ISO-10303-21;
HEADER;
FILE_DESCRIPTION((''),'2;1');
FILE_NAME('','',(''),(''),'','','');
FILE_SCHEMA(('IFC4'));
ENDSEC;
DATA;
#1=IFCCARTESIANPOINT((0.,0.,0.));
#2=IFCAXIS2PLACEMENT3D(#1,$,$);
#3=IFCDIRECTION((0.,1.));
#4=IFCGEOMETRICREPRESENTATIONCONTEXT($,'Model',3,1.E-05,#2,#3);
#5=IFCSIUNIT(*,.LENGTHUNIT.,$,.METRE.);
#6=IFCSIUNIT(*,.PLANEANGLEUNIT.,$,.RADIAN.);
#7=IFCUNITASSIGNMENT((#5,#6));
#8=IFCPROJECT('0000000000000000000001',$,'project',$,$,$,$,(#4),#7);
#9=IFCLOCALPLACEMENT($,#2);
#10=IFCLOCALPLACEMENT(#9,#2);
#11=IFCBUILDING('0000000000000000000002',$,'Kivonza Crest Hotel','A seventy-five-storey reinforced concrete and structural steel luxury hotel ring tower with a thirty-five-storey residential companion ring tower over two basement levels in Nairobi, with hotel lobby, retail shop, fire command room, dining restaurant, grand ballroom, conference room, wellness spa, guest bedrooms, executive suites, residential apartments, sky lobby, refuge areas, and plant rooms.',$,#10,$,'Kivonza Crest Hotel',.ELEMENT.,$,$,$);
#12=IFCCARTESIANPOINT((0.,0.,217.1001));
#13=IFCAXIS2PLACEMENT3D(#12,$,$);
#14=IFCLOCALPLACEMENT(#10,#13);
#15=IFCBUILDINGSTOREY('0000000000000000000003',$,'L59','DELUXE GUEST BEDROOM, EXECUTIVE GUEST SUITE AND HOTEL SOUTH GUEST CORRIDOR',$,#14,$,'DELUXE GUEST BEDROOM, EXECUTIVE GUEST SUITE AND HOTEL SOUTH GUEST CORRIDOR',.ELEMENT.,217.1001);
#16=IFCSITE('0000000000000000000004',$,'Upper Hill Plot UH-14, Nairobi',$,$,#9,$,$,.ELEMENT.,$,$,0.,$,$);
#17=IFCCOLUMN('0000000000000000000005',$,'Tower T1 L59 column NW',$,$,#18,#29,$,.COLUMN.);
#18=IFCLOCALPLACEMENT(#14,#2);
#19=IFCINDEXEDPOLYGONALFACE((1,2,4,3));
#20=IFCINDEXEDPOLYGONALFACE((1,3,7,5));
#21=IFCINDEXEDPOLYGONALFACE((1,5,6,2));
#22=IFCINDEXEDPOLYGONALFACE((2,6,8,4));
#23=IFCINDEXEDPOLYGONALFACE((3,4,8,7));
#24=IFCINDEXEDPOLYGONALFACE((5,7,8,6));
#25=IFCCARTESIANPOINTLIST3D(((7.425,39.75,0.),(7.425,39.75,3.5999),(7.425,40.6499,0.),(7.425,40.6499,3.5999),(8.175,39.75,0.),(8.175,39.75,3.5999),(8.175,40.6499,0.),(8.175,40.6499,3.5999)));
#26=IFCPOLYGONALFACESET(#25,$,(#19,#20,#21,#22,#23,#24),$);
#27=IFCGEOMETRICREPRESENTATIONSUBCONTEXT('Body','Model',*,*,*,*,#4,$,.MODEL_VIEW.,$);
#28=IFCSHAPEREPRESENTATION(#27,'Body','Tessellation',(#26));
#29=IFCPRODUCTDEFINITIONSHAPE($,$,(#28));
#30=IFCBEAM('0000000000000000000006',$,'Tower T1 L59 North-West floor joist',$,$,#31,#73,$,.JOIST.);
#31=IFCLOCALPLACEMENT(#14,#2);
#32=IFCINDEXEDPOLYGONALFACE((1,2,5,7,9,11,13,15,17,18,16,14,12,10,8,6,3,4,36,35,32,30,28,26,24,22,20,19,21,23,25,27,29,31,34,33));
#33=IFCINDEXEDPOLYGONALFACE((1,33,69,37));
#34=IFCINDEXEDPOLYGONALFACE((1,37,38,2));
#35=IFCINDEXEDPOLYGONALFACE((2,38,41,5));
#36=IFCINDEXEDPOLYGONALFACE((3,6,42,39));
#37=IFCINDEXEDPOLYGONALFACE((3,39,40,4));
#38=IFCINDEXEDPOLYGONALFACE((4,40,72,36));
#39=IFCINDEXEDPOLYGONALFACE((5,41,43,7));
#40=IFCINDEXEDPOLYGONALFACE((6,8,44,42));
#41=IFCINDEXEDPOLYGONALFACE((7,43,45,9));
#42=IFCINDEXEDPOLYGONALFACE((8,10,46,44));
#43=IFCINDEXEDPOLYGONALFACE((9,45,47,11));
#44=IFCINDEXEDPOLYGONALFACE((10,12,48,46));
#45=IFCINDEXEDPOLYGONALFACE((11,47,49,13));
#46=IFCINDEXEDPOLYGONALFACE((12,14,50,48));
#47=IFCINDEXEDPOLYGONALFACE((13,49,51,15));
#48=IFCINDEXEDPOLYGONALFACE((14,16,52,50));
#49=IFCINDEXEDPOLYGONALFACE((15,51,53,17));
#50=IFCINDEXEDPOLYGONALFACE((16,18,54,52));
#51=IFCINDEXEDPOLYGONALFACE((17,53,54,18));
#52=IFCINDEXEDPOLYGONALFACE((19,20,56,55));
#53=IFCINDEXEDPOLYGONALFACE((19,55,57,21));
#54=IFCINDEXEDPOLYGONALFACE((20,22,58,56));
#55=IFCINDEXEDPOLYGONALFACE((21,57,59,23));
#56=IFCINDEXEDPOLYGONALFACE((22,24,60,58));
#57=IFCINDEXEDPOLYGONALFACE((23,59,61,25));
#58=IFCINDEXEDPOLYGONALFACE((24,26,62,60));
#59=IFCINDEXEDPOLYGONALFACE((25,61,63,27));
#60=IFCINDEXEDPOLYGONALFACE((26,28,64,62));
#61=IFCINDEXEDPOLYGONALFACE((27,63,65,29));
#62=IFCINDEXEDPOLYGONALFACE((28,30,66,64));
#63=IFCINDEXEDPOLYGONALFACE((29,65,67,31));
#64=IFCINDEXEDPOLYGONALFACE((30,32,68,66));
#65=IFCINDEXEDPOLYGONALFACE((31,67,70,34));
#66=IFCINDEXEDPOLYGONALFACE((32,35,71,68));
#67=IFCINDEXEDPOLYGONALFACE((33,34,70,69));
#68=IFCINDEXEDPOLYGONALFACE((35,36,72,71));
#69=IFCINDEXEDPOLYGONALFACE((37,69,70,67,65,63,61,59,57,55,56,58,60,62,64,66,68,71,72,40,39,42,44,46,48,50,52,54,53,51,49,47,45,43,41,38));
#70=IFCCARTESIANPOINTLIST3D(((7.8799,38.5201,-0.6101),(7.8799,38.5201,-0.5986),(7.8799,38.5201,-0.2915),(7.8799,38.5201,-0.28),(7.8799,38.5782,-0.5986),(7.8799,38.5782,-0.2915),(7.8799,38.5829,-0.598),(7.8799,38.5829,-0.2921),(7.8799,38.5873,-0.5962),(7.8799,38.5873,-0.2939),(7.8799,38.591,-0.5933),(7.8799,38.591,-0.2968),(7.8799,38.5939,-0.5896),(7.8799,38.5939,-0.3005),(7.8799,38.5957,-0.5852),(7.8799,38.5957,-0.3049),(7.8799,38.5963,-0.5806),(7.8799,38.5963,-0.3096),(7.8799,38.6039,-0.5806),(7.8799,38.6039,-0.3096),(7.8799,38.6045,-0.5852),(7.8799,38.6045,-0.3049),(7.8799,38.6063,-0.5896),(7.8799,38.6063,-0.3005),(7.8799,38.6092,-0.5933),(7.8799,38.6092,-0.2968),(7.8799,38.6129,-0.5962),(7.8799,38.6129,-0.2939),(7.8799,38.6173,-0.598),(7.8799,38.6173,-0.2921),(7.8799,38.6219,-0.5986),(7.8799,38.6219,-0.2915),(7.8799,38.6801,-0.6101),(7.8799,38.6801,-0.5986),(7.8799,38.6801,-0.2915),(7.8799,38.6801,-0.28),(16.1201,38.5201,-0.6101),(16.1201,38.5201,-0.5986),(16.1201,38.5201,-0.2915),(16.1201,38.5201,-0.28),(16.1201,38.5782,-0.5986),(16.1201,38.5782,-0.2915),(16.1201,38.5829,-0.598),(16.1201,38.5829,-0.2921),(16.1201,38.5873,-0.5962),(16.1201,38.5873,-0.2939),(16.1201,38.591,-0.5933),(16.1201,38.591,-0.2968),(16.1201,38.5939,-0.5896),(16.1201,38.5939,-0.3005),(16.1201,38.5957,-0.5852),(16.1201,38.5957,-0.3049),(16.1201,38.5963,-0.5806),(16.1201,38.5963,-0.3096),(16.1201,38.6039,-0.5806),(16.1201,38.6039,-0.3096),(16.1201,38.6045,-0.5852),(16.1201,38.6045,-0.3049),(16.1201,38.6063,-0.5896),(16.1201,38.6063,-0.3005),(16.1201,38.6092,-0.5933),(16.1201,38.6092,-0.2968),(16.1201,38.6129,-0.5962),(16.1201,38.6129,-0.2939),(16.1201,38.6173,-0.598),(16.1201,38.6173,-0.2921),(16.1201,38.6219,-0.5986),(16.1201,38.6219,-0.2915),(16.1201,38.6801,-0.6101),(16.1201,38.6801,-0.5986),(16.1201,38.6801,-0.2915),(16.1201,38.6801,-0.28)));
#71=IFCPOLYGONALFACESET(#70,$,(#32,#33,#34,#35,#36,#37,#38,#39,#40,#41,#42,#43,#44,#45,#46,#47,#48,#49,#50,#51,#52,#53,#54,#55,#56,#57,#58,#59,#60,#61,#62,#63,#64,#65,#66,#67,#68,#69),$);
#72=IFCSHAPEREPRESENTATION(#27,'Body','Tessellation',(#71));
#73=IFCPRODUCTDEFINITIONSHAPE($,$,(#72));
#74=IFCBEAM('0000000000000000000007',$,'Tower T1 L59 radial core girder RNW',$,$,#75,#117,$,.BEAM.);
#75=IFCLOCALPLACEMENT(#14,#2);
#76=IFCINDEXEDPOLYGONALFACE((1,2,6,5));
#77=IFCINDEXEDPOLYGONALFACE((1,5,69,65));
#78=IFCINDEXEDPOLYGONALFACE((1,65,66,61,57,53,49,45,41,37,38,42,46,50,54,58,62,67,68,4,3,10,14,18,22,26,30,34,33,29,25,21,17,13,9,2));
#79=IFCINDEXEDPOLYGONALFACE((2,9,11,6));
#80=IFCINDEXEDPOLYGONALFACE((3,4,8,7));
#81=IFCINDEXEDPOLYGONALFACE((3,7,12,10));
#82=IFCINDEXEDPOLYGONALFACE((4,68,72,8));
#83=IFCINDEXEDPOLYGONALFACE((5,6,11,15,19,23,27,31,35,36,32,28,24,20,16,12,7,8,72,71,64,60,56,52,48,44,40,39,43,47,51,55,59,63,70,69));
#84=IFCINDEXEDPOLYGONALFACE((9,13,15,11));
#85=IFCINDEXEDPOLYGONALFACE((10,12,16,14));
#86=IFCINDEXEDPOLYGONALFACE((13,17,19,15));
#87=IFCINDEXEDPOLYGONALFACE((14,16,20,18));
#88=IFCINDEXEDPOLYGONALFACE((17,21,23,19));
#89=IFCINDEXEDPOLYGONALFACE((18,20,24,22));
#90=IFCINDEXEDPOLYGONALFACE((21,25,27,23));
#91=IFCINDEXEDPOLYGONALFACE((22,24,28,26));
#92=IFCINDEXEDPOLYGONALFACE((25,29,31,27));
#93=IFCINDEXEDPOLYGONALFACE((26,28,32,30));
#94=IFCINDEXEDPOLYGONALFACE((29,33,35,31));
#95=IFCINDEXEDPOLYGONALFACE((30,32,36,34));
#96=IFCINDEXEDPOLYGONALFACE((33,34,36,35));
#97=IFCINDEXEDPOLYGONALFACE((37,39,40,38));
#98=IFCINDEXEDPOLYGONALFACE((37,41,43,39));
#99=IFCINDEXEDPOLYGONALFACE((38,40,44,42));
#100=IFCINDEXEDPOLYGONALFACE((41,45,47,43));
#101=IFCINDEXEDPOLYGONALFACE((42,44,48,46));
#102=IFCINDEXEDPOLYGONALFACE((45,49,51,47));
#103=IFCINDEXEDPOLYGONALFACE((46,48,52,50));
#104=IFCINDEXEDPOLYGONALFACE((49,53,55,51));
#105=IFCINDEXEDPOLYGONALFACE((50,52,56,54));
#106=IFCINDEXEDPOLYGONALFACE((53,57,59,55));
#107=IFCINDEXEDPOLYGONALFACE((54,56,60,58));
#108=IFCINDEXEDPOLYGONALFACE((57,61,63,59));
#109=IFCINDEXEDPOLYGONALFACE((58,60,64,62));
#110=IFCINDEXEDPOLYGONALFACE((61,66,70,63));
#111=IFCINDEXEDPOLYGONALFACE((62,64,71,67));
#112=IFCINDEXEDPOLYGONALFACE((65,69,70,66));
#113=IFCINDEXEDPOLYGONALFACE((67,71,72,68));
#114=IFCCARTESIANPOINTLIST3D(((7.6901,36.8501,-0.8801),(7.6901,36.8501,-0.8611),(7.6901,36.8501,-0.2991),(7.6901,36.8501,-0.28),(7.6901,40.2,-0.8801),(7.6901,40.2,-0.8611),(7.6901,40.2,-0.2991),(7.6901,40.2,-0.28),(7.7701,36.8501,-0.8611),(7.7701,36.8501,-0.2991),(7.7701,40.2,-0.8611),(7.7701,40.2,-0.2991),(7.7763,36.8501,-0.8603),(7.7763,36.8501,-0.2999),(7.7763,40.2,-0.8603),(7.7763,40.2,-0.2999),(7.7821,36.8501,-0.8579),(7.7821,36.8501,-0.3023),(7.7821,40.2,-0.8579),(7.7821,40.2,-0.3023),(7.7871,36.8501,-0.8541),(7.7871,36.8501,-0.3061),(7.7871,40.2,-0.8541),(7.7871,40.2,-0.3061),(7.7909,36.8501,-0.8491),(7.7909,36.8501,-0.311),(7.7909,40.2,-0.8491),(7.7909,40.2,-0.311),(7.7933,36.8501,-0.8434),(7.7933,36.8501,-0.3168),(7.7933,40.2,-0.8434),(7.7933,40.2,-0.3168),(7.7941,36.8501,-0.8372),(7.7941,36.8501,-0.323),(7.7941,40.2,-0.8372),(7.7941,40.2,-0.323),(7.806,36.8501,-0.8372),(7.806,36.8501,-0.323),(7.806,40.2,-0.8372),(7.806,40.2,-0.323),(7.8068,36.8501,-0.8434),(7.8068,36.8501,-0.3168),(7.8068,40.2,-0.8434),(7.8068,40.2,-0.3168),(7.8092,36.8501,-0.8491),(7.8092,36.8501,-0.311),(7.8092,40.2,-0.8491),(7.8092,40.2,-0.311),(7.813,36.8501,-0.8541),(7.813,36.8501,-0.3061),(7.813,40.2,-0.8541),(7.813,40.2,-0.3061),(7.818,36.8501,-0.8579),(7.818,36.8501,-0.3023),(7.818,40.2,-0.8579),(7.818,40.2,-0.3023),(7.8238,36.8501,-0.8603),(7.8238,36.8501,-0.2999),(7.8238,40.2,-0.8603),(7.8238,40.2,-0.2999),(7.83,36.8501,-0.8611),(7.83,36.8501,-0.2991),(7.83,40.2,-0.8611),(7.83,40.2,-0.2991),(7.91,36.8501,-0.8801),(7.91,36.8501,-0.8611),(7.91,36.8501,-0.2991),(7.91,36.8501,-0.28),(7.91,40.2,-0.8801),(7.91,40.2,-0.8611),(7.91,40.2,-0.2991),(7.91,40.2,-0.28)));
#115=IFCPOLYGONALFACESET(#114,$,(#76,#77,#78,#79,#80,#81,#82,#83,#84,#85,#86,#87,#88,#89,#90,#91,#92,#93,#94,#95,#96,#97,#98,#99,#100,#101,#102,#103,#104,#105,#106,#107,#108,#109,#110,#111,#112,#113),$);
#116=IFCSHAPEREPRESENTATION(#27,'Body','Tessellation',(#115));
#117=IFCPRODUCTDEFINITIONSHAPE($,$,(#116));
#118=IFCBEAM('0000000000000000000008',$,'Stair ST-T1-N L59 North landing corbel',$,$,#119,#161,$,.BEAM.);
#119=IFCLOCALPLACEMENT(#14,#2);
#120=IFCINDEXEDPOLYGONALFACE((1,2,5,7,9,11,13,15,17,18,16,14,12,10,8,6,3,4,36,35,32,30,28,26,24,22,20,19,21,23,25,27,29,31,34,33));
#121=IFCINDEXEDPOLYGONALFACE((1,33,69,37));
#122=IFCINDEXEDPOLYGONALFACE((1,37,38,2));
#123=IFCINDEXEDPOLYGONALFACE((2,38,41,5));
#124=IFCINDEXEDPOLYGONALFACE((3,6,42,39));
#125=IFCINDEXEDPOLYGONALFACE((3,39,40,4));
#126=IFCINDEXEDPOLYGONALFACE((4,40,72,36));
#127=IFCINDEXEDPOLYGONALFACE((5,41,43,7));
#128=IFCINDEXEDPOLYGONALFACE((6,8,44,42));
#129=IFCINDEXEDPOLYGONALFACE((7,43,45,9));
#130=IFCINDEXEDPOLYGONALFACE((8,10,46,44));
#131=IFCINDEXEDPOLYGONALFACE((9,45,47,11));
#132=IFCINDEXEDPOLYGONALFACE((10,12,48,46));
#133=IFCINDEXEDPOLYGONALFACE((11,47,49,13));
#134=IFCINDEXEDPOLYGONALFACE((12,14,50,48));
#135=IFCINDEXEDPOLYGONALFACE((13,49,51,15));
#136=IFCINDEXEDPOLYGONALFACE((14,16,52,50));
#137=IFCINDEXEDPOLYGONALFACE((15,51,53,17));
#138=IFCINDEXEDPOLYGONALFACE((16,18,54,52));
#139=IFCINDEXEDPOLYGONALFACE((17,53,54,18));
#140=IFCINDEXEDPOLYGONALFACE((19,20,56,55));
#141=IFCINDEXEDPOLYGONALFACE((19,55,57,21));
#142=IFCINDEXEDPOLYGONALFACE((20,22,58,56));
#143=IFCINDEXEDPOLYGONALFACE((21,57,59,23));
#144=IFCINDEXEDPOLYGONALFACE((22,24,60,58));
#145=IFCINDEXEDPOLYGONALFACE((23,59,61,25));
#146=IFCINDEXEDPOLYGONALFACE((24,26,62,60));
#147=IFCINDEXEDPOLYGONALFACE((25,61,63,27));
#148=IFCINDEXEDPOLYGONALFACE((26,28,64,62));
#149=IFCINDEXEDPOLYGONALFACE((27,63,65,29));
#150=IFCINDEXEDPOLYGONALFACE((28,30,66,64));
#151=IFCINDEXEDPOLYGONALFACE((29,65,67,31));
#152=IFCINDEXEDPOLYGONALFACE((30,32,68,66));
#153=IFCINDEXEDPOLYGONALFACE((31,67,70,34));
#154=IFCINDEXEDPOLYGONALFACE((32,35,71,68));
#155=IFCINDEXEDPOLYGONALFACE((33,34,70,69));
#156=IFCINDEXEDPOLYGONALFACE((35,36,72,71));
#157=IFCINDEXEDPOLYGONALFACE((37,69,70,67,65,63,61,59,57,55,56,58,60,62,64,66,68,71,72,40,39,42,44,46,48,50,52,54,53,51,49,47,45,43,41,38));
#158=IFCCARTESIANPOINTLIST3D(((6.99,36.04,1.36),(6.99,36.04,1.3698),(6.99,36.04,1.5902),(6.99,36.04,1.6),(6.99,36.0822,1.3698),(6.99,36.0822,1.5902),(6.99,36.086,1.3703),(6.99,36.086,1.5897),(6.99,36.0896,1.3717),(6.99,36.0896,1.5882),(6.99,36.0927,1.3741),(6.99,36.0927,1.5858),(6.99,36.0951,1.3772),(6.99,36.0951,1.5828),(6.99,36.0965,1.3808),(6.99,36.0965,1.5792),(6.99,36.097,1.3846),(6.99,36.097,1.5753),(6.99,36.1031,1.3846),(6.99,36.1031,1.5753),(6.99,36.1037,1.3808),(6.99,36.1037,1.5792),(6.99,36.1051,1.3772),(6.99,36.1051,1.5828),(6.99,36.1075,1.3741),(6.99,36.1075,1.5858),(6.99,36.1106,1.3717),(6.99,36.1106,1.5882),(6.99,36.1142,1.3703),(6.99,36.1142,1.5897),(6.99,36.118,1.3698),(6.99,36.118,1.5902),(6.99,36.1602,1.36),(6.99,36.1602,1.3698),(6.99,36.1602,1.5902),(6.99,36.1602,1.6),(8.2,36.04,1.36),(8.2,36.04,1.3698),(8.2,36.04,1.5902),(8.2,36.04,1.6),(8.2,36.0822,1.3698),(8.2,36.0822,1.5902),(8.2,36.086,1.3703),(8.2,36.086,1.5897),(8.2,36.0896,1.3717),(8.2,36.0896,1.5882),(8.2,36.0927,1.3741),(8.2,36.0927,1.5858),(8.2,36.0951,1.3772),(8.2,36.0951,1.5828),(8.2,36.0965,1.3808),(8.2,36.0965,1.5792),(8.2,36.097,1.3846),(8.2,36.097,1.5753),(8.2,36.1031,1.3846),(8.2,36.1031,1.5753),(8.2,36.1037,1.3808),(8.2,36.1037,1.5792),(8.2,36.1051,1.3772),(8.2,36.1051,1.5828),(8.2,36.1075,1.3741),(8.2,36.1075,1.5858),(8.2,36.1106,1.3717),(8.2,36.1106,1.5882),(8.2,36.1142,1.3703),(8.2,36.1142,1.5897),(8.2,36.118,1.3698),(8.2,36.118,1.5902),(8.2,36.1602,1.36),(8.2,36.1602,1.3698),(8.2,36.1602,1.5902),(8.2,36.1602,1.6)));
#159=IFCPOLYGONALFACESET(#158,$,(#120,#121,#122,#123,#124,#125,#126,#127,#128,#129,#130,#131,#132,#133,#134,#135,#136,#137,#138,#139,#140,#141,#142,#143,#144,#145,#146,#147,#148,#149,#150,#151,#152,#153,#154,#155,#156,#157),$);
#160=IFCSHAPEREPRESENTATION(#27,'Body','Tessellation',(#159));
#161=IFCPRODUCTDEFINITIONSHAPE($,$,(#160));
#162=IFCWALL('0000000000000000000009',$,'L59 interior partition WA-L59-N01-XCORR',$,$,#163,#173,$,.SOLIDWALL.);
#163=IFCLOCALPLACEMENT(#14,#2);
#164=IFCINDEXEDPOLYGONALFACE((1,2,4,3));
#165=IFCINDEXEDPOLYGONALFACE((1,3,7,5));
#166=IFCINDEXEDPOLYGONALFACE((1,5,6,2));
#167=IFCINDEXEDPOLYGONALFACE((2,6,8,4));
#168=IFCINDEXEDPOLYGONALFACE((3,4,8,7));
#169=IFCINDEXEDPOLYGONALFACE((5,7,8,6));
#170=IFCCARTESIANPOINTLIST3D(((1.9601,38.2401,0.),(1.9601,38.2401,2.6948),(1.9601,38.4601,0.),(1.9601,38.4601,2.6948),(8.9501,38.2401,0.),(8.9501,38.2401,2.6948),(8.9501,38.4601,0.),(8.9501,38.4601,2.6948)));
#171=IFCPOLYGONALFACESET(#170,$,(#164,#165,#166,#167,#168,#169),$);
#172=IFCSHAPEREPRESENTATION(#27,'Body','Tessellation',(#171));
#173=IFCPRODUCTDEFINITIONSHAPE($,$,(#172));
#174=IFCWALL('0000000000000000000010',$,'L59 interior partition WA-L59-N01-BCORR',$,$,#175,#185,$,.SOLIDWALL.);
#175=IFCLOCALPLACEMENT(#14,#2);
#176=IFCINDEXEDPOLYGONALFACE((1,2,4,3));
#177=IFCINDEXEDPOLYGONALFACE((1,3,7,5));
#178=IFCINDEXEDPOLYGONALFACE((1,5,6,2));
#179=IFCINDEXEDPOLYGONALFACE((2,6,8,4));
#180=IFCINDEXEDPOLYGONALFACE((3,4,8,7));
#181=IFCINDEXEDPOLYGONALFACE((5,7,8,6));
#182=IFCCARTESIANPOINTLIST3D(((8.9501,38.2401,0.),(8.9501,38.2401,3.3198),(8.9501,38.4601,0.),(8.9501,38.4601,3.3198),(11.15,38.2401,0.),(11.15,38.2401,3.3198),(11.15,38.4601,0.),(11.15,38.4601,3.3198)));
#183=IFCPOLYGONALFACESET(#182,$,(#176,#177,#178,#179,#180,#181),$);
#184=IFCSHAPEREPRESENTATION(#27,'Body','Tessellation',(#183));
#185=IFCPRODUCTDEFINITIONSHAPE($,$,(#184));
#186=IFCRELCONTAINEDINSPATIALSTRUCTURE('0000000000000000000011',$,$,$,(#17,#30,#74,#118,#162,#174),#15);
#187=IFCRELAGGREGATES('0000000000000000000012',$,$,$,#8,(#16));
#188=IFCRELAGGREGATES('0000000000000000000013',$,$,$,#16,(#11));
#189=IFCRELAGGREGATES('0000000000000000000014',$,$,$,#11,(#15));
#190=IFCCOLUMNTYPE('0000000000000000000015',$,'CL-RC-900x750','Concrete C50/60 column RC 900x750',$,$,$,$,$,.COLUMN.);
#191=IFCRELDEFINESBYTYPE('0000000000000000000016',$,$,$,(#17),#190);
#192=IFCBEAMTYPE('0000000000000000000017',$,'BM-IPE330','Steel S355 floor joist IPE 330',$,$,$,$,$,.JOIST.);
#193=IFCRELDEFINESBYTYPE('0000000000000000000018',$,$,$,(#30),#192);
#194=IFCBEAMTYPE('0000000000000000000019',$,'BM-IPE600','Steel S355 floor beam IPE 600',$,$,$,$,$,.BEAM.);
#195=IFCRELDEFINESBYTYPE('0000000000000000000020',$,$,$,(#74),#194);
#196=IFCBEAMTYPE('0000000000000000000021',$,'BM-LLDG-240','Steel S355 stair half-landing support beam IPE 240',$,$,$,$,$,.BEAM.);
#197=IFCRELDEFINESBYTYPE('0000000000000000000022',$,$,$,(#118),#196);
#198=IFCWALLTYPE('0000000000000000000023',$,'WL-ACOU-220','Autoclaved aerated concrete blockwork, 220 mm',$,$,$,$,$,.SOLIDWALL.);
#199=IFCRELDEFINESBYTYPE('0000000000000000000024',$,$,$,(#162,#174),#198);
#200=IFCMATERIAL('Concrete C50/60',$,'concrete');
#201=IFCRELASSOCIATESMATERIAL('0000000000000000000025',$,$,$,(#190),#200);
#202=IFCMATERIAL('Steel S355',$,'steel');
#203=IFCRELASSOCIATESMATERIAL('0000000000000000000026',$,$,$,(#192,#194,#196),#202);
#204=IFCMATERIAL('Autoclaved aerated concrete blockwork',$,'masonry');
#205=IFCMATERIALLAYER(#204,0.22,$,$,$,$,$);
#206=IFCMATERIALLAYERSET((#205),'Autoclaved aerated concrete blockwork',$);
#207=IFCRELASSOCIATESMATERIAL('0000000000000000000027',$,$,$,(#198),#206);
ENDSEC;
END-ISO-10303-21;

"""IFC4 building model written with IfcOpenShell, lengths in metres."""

from ifc_helpers import new_model, si_unit, direction, frame, frame_2d, origin, origin_2d, place, context, subcontext, project, spatial, rectangle, i_section, extrude, material, layer, layer_set, material_profile, profile_set, type_object, element, save


model = new_model("IFC4")

# Units and contexts
model_context = context("Model", 3, precision=1e-05, world=origin(), true_north=direction((0.0, 1.0)))
body_context = subcontext(model_context, "Body", "Model", "MODEL_VIEW")
ifc_project = project(units=[si_unit("LENGTHUNIT", "METRE"), si_unit("PLANEANGLEUNIT", "RADIAN")], contexts=[model_context])

# Site, building, storey
site_placement = place(None, origin())
site = spatial("IfcSite", under=ifc_project, at=site_placement, Name="Upper Hill Plot UH-14, Nairobi", CompositionType="ELEMENT", RefElevation=0.0)
building_placement = place(site_placement, origin())
building = spatial("IfcBuilding", under=site, at=building_placement, Name="Kivonza Crest Hotel", Description="A seventy-five-storey reinforced concrete and structural steel luxury hotel ring tower with a thirty-five-storey residential companion ring tower over two basement levels in Nairobi, with hotel lobby, retail shop, fire command room, dining restaurant, grand ballroom, conference room, wellness spa, guest bedrooms, executive suites, residential apartments, sky lobby, refuge areas, and plant rooms.", LongName="Kivonza Crest Hotel", CompositionType="ELEMENT")
storey_placement = place(building_placement, frame((0.0, 0.0, 217.1001)))
storey = spatial("IfcBuildingStorey", under=building, at=storey_placement, Name="L59", Description="DELUXE GUEST BEDROOM, EXECUTIVE GUEST SUITE AND HOTEL SOUTH GUEST CORRIDOR", LongName="DELUXE GUEST BEDROOM, EXECUTIVE GUEST SUITE AND HOTEL SOUTH GUEST CORRIDOR", CompositionType="ELEMENT", Elevation=217.1001)

# Column
ifc_material_1 = material(Name="Concrete C50/60", Category="concrete")
ifc_material_profile_1 = material_profile(ifc_material_1, rectangle(XDim=0.75, YDim=0.8999, at=origin_2d()), Name="RC 900x750")
ifc_profile_set_1 = profile_set([ifc_material_profile_1], Name="Concrete C50/60")
column_type = type_object("IfcColumnType", Name="CL-RC-900x750", Description="Concrete C50/60 column RC 900x750", PredefinedType="COLUMN", material=ifc_profile_set_1)
column_placement = place(storey_placement, frame((7.8, 40.2, 0.0), z_axis=(0.0, 0.0, 1.0), x_axis=(1.0, 0.0, 0.0)))
element("IfcColumn", 1, at=column_placement, inside=storey, type_object=column_type, Name="Tower T1 L59 column NW", PredefinedType="COLUMN", context=body_context, shape_type="SweptSolid", body=[
    extrude(rectangle(XDim=0.75, YDim=0.8999, at=origin_2d()), origin(), (0.0, 0.0, 1.0), 3.5999),
])

# Beams
ifc_material_2 = material(Name="Steel S355", Category="steel")
ifc_material_profile_2 = material_profile(ifc_material_2, i_section(OverallWidth=0.1599, OverallDepth=0.3301, WebThickness=0.0076, FlangeThickness=0.0115, FilletRadius=0.0181, at=origin_2d()), Name="IPE 330")
ifc_profile_set_2 = profile_set([ifc_material_profile_2], Name="Steel S355")
beam_type_1 = type_object("IfcBeamType", Name="BM-IPE330", Description="Steel S355 floor joist IPE 330", PredefinedType="JOIST", material=ifc_profile_set_2)
beam_1_placement = place(storey_placement, frame((7.8799, 38.6001, -0.4451), z_axis=(1.0, 0.0, 0.0), x_axis=(0.0, 1.0, 0.0)))
element("IfcBeam", 2, at=beam_1_placement, inside=storey, type_object=beam_type_1, Name="Tower T1 L59 North-West floor joist", PredefinedType="JOIST", context=body_context, shape_type="SweptSolid", body=[
    extrude(i_section(OverallWidth=0.1599, OverallDepth=0.3301, WebThickness=0.0076, FlangeThickness=0.0115, FilletRadius=0.0181, at=origin_2d()), origin(), (0.0, 0.0, 1.0), 8.2402),
])
ifc_material_profile_3 = material_profile(ifc_material_2, i_section(OverallWidth=0.22, OverallDepth=0.6001, WebThickness=0.012, FlangeThickness=0.019, FilletRadius=0.0239, at=origin_2d()), Name="IPE 600")
ifc_profile_set_3 = profile_set([ifc_material_profile_3], Name="Steel S355")
beam_type_2 = type_object("IfcBeamType", Name="BM-IPE600", Description="Steel S355 floor beam IPE 600", PredefinedType="BEAM", material=ifc_profile_set_3)
beam_2_placement = place(storey_placement, frame((7.8, 40.2, -0.5801), z_axis=(0.0, -1.0, 0.0), x_axis=(1.0, 0.0, 0.0)))
element("IfcBeam", 3, at=beam_2_placement, inside=storey, type_object=beam_type_2, Name="Tower T1 L59 radial core girder RNW", PredefinedType="BEAM", context=body_context, shape_type="SweptSolid", body=[
    extrude(i_section(OverallWidth=0.22, OverallDepth=0.6001, WebThickness=0.012, FlangeThickness=0.019, FilletRadius=0.0239, at=origin_2d()), origin(), (0.0, 0.0, 1.0), 3.3499),
])
ifc_material_profile_4 = material_profile(ifc_material_2, i_section(OverallWidth=0.1201, OverallDepth=0.24, WebThickness=0.0061, FlangeThickness=0.0098, FilletRadius=0.0149, at=origin_2d()), Name="IPE 240")
ifc_profile_set_4 = profile_set([ifc_material_profile_4], Name="Steel S355")
beam_type_3 = type_object("IfcBeamType", Name="BM-LLDG-240", Description="Steel S355 stair half-landing support beam IPE 240", PredefinedType="BEAM", material=ifc_profile_set_4)
beam_3_placement = place(storey_placement, frame((6.99, 36.1001, 1.48), z_axis=(1.0, 0.0, 0.0), x_axis=(0.0, 1.0, 0.0)))
element("IfcBeam", 4, at=beam_3_placement, inside=storey, type_object=beam_type_3, Name="Stair ST-T1-N L59 North landing corbel", PredefinedType="BEAM", context=body_context, shape_type="SweptSolid", body=[
    extrude(i_section(OverallWidth=0.1201, OverallDepth=0.24, WebThickness=0.0061, FlangeThickness=0.0098, FilletRadius=0.0149, at=origin_2d()), origin(), (0.0, 0.0, 1.0), 1.21),
])

# Walls
ifc_material_3 = material(Name="Autoclaved aerated concrete blockwork", Category="masonry")
ifc_layer_1 = layer(ifc_material_3, 0.22)
ifc_layer_set_1 = layer_set([ifc_layer_1], Name="Autoclaved aerated concrete blockwork")
wall_type_1 = type_object("IfcWallType", Name="WL-ACOU-220", Description="Autoclaved aerated concrete blockwork, 220 mm", PredefinedType="SOLIDWALL", material=ifc_layer_set_1)
wall_1_placement = place(storey_placement, frame((1.96, 38.3501, 0.0), z_axis=(0.0, 0.0, 1.0), x_axis=(1.0, 0.0, 0.0)))
element("IfcWall", 5, at=wall_1_placement, inside=storey, type_object=wall_type_1, Name="L59 interior partition WA-L59-N01-XCORR", PredefinedType="SOLIDWALL", context=body_context, shape_type="SweptSolid", body=[
    extrude(rectangle(XDim=6.99, YDim=0.22, at=frame_2d((3.4951, 0.0))), origin(), (0.0, 0.0, 1.0), 2.6948),
])
wall_2_placement = place(storey_placement, frame((8.95, 38.3501, 0.0), z_axis=(0.0, 0.0, 1.0), x_axis=(1.0, 0.0, 0.0)))
element("IfcWall", 6, at=wall_2_placement, inside=storey, type_object=wall_type_1, Name="L59 interior partition WA-L59-N01-BCORR", PredefinedType="SOLIDWALL", context=body_context, shape_type="SweptSolid", body=[
    extrude(rectangle(XDim=2.2, YDim=0.22, at=frame_2d((1.1001, 0.0))), origin(), (0.0, 0.0, 1.0), 3.3198),
])

save(model, "model.ifc")
